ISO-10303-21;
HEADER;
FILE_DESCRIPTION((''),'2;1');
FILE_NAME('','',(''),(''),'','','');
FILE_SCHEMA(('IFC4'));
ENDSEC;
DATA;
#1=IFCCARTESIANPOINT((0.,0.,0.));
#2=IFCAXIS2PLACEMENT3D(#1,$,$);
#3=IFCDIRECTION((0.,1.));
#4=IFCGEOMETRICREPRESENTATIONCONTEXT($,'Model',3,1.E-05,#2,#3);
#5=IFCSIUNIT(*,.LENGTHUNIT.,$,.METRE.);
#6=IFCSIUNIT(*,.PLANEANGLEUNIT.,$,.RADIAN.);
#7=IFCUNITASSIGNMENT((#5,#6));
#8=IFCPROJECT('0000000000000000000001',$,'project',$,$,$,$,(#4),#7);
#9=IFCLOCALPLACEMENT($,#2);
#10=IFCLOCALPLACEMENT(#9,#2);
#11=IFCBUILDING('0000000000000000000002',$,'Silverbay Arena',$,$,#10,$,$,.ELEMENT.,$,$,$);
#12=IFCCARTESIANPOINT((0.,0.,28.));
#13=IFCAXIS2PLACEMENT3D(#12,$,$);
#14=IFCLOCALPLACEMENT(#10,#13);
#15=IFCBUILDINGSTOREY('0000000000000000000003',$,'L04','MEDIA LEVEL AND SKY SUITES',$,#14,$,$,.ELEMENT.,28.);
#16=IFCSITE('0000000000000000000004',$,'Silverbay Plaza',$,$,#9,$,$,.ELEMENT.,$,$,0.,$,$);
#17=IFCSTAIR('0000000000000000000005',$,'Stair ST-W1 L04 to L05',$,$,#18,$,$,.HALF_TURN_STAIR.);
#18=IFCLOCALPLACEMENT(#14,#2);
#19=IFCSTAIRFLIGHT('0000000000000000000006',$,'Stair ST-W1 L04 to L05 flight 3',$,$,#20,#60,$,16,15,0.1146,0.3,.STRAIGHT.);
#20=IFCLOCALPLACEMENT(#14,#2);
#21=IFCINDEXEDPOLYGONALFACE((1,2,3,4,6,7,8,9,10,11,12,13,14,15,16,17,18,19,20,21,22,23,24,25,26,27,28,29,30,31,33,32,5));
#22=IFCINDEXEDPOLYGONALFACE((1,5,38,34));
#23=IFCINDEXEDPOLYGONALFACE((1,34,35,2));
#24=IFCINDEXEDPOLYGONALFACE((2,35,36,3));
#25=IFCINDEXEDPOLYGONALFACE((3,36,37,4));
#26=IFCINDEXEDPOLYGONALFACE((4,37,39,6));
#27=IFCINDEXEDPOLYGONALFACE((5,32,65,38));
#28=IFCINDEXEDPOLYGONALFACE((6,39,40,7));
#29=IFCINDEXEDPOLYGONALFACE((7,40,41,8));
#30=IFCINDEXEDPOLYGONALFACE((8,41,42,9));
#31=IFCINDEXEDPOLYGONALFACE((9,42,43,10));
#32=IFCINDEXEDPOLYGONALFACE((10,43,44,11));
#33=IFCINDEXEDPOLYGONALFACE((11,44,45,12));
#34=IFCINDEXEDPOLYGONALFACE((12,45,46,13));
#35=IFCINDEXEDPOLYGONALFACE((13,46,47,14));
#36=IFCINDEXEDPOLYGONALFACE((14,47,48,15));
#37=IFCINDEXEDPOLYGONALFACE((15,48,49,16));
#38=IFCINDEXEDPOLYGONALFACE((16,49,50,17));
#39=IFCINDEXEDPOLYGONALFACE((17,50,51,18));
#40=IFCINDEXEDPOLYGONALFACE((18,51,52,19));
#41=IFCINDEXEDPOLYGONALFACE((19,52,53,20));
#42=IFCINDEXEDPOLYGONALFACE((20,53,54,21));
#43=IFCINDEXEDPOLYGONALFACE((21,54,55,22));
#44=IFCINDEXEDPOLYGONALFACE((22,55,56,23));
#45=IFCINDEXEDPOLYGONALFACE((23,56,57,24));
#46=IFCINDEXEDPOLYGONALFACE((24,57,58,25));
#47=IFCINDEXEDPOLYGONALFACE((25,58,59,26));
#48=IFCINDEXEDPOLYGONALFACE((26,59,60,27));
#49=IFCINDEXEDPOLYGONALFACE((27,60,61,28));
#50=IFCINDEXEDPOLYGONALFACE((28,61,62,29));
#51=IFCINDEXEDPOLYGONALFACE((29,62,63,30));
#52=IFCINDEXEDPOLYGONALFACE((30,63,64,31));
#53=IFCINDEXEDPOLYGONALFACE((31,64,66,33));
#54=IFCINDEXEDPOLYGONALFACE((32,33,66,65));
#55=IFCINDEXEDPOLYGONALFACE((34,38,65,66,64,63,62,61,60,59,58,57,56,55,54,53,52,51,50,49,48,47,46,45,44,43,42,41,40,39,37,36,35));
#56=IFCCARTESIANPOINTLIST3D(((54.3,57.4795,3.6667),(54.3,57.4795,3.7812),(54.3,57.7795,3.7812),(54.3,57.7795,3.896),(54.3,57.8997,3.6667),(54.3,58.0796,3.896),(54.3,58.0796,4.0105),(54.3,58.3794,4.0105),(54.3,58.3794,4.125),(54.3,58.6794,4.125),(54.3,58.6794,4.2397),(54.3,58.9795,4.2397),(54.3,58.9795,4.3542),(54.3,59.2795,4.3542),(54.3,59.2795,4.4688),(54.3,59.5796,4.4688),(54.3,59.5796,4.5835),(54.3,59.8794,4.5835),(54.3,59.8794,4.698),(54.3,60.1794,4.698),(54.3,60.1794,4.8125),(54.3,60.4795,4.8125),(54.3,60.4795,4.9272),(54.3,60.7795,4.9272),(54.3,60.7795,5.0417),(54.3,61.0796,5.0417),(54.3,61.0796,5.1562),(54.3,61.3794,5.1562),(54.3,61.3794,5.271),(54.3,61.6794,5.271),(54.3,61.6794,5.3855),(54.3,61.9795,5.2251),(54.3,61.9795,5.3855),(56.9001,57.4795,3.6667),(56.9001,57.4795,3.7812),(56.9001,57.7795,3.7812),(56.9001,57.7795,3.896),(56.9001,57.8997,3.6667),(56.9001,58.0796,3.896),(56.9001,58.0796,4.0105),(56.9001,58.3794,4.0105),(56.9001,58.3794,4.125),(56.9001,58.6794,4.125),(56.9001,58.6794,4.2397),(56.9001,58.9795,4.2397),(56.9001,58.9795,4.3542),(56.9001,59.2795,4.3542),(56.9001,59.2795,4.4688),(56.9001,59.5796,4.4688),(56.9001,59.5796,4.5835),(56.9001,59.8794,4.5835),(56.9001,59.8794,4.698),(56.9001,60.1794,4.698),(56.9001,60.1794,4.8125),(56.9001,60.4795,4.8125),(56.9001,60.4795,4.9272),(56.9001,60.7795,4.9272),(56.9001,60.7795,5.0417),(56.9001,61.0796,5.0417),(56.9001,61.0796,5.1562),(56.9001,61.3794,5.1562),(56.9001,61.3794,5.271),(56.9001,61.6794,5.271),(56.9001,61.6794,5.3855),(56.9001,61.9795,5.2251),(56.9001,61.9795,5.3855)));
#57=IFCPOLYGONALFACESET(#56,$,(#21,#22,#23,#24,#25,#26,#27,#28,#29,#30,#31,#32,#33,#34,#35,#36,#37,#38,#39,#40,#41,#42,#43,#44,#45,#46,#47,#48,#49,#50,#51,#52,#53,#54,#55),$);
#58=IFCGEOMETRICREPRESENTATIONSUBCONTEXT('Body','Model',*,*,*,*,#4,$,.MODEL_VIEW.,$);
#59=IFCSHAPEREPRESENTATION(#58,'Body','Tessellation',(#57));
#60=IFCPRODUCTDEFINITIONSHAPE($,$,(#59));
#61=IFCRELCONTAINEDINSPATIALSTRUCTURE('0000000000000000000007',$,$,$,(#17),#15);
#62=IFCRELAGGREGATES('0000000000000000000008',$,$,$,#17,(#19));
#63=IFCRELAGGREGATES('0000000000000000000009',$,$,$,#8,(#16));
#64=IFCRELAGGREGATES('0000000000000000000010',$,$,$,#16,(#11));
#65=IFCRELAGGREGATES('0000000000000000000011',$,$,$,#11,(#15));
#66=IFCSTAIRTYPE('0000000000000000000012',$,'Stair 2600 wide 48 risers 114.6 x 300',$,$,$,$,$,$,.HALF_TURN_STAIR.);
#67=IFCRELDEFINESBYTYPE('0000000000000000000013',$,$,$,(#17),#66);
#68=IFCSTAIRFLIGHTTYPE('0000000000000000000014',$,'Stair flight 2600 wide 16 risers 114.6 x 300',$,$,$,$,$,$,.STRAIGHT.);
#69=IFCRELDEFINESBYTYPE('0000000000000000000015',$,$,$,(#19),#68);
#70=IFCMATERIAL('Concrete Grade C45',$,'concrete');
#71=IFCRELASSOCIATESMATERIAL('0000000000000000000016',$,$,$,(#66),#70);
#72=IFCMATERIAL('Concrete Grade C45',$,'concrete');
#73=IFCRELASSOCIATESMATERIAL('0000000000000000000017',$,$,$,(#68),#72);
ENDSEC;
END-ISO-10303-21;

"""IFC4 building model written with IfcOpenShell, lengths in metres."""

from ifc_helpers import new_model, si_unit, direction, frame, origin, place, context, subcontext, project, spatial, polyline, outline, extrude, material, type_object, element, aggregate, save


model = new_model("IFC4")

# Units and contexts
model_context = context("Model", 3, precision=1e-05, world=origin(), true_north=direction((0.0, 1.0)))
body_context = subcontext(model_context, "Body", "Model", "MODEL_VIEW")
ifc_project = project(units=[si_unit("LENGTHUNIT", "METRE"), si_unit("PLANEANGLEUNIT", "RADIAN")], contexts=[model_context])

# Site, building, storey
site_placement = place(None, origin())
site = spatial("IfcSite", under=ifc_project, at=site_placement, Name="Silverbay Plaza", CompositionType="ELEMENT", RefElevation=0.0)
building_placement = place(site_placement, origin())
building = spatial("IfcBuilding", under=site, at=building_placement, Name="Silverbay Arena", CompositionType="ELEMENT")
storey_placement = place(building_placement, frame((0.0, 0.0, 28.0)))
storey = spatial("IfcBuildingStorey", under=building, at=storey_placement, Name="L04", Description="MEDIA LEVEL AND SKY SUITES", CompositionType="ELEMENT", Elevation=28.0)

# Stair, stair flight
ifc_material_1 = material(Name="Concrete Grade C45", Category="concrete")
stair_type = type_object("IfcStairType", Name="Stair 2600 wide 48 risers 114.6 x 300", PredefinedType="HALF_TURN_STAIR", material=ifc_material_1)
stair_placement = place(storey_placement, origin())
stair = element("IfcStair", 1, at=stair_placement, inside=storey, type_object=stair_type, Name="Stair ST-W1 L04 to L05", PredefinedType="HALF_TURN_STAIR")
ifc_material_2 = material(Name="Concrete Grade C45", Category="concrete")
stair_flight_type = type_object("IfcStairFlightType", Name="Stair flight 2600 wide 16 risers 114.6 x 300", PredefinedType="STRAIGHT", material=ifc_material_2)
stair_flight_1_placement = place(storey_placement, frame((55.6001, 57.4795, 3.6667), z_axis=(0.0, 0.0, 1.0), x_axis=(0.0, 1.0, 0.0)))
stair_flight_1 = element("IfcStairFlight", 2, at=stair_flight_1_placement, type_object=stair_flight_type, Name="Stair ST-W1 L04 to L05 flight 3", NumberOfRisers=16, NumberOfTreads=15, PredefinedType="STRAIGHT", RiserHeight=0.1146, TreadLength=0.3, context=body_context, shape_type="SweptSolid", body=[
    extrude(outline(polyline([(0.0, 0.0), (0.0, 0.1145), (0.3, 0.1145), (0.3, 0.2292), (0.6001, 0.2292), (0.6001, 0.3438), (0.8999, 0.3438), (0.8999, 0.4583), (1.2, 0.4583), (1.2, 0.573), (1.5, 0.573), (1.5, 0.6875), (1.8, 0.6875), (1.8, 0.802), (2.1001, 0.802), (2.1001, 0.9167), (2.3999, 0.9167), (2.3999, 1.0312), (2.7, 1.0312), (2.7, 1.1458), (3.0, 1.1458), (3.0, 1.2605), (3.3, 1.2605), (3.3, 1.375), (3.6001, 1.375), (3.6001, 1.4895), (3.8999, 1.4895), (3.8999, 1.6042), (4.2, 1.6042), (4.2, 1.7188), (4.5, 1.7188), (4.5, 1.5583), (0.4202, 0.0), (0.0, 0.0)])), frame((0.0, 1.3, 0.0), z_axis=(0.0, -1.0, 0.0), x_axis=(1.0, 0.0, 0.0)), (0.0, 0.0, 1.0), 2.6001),
])
aggregate(stair, [stair_flight_1])

save(model, "model.ifc")
